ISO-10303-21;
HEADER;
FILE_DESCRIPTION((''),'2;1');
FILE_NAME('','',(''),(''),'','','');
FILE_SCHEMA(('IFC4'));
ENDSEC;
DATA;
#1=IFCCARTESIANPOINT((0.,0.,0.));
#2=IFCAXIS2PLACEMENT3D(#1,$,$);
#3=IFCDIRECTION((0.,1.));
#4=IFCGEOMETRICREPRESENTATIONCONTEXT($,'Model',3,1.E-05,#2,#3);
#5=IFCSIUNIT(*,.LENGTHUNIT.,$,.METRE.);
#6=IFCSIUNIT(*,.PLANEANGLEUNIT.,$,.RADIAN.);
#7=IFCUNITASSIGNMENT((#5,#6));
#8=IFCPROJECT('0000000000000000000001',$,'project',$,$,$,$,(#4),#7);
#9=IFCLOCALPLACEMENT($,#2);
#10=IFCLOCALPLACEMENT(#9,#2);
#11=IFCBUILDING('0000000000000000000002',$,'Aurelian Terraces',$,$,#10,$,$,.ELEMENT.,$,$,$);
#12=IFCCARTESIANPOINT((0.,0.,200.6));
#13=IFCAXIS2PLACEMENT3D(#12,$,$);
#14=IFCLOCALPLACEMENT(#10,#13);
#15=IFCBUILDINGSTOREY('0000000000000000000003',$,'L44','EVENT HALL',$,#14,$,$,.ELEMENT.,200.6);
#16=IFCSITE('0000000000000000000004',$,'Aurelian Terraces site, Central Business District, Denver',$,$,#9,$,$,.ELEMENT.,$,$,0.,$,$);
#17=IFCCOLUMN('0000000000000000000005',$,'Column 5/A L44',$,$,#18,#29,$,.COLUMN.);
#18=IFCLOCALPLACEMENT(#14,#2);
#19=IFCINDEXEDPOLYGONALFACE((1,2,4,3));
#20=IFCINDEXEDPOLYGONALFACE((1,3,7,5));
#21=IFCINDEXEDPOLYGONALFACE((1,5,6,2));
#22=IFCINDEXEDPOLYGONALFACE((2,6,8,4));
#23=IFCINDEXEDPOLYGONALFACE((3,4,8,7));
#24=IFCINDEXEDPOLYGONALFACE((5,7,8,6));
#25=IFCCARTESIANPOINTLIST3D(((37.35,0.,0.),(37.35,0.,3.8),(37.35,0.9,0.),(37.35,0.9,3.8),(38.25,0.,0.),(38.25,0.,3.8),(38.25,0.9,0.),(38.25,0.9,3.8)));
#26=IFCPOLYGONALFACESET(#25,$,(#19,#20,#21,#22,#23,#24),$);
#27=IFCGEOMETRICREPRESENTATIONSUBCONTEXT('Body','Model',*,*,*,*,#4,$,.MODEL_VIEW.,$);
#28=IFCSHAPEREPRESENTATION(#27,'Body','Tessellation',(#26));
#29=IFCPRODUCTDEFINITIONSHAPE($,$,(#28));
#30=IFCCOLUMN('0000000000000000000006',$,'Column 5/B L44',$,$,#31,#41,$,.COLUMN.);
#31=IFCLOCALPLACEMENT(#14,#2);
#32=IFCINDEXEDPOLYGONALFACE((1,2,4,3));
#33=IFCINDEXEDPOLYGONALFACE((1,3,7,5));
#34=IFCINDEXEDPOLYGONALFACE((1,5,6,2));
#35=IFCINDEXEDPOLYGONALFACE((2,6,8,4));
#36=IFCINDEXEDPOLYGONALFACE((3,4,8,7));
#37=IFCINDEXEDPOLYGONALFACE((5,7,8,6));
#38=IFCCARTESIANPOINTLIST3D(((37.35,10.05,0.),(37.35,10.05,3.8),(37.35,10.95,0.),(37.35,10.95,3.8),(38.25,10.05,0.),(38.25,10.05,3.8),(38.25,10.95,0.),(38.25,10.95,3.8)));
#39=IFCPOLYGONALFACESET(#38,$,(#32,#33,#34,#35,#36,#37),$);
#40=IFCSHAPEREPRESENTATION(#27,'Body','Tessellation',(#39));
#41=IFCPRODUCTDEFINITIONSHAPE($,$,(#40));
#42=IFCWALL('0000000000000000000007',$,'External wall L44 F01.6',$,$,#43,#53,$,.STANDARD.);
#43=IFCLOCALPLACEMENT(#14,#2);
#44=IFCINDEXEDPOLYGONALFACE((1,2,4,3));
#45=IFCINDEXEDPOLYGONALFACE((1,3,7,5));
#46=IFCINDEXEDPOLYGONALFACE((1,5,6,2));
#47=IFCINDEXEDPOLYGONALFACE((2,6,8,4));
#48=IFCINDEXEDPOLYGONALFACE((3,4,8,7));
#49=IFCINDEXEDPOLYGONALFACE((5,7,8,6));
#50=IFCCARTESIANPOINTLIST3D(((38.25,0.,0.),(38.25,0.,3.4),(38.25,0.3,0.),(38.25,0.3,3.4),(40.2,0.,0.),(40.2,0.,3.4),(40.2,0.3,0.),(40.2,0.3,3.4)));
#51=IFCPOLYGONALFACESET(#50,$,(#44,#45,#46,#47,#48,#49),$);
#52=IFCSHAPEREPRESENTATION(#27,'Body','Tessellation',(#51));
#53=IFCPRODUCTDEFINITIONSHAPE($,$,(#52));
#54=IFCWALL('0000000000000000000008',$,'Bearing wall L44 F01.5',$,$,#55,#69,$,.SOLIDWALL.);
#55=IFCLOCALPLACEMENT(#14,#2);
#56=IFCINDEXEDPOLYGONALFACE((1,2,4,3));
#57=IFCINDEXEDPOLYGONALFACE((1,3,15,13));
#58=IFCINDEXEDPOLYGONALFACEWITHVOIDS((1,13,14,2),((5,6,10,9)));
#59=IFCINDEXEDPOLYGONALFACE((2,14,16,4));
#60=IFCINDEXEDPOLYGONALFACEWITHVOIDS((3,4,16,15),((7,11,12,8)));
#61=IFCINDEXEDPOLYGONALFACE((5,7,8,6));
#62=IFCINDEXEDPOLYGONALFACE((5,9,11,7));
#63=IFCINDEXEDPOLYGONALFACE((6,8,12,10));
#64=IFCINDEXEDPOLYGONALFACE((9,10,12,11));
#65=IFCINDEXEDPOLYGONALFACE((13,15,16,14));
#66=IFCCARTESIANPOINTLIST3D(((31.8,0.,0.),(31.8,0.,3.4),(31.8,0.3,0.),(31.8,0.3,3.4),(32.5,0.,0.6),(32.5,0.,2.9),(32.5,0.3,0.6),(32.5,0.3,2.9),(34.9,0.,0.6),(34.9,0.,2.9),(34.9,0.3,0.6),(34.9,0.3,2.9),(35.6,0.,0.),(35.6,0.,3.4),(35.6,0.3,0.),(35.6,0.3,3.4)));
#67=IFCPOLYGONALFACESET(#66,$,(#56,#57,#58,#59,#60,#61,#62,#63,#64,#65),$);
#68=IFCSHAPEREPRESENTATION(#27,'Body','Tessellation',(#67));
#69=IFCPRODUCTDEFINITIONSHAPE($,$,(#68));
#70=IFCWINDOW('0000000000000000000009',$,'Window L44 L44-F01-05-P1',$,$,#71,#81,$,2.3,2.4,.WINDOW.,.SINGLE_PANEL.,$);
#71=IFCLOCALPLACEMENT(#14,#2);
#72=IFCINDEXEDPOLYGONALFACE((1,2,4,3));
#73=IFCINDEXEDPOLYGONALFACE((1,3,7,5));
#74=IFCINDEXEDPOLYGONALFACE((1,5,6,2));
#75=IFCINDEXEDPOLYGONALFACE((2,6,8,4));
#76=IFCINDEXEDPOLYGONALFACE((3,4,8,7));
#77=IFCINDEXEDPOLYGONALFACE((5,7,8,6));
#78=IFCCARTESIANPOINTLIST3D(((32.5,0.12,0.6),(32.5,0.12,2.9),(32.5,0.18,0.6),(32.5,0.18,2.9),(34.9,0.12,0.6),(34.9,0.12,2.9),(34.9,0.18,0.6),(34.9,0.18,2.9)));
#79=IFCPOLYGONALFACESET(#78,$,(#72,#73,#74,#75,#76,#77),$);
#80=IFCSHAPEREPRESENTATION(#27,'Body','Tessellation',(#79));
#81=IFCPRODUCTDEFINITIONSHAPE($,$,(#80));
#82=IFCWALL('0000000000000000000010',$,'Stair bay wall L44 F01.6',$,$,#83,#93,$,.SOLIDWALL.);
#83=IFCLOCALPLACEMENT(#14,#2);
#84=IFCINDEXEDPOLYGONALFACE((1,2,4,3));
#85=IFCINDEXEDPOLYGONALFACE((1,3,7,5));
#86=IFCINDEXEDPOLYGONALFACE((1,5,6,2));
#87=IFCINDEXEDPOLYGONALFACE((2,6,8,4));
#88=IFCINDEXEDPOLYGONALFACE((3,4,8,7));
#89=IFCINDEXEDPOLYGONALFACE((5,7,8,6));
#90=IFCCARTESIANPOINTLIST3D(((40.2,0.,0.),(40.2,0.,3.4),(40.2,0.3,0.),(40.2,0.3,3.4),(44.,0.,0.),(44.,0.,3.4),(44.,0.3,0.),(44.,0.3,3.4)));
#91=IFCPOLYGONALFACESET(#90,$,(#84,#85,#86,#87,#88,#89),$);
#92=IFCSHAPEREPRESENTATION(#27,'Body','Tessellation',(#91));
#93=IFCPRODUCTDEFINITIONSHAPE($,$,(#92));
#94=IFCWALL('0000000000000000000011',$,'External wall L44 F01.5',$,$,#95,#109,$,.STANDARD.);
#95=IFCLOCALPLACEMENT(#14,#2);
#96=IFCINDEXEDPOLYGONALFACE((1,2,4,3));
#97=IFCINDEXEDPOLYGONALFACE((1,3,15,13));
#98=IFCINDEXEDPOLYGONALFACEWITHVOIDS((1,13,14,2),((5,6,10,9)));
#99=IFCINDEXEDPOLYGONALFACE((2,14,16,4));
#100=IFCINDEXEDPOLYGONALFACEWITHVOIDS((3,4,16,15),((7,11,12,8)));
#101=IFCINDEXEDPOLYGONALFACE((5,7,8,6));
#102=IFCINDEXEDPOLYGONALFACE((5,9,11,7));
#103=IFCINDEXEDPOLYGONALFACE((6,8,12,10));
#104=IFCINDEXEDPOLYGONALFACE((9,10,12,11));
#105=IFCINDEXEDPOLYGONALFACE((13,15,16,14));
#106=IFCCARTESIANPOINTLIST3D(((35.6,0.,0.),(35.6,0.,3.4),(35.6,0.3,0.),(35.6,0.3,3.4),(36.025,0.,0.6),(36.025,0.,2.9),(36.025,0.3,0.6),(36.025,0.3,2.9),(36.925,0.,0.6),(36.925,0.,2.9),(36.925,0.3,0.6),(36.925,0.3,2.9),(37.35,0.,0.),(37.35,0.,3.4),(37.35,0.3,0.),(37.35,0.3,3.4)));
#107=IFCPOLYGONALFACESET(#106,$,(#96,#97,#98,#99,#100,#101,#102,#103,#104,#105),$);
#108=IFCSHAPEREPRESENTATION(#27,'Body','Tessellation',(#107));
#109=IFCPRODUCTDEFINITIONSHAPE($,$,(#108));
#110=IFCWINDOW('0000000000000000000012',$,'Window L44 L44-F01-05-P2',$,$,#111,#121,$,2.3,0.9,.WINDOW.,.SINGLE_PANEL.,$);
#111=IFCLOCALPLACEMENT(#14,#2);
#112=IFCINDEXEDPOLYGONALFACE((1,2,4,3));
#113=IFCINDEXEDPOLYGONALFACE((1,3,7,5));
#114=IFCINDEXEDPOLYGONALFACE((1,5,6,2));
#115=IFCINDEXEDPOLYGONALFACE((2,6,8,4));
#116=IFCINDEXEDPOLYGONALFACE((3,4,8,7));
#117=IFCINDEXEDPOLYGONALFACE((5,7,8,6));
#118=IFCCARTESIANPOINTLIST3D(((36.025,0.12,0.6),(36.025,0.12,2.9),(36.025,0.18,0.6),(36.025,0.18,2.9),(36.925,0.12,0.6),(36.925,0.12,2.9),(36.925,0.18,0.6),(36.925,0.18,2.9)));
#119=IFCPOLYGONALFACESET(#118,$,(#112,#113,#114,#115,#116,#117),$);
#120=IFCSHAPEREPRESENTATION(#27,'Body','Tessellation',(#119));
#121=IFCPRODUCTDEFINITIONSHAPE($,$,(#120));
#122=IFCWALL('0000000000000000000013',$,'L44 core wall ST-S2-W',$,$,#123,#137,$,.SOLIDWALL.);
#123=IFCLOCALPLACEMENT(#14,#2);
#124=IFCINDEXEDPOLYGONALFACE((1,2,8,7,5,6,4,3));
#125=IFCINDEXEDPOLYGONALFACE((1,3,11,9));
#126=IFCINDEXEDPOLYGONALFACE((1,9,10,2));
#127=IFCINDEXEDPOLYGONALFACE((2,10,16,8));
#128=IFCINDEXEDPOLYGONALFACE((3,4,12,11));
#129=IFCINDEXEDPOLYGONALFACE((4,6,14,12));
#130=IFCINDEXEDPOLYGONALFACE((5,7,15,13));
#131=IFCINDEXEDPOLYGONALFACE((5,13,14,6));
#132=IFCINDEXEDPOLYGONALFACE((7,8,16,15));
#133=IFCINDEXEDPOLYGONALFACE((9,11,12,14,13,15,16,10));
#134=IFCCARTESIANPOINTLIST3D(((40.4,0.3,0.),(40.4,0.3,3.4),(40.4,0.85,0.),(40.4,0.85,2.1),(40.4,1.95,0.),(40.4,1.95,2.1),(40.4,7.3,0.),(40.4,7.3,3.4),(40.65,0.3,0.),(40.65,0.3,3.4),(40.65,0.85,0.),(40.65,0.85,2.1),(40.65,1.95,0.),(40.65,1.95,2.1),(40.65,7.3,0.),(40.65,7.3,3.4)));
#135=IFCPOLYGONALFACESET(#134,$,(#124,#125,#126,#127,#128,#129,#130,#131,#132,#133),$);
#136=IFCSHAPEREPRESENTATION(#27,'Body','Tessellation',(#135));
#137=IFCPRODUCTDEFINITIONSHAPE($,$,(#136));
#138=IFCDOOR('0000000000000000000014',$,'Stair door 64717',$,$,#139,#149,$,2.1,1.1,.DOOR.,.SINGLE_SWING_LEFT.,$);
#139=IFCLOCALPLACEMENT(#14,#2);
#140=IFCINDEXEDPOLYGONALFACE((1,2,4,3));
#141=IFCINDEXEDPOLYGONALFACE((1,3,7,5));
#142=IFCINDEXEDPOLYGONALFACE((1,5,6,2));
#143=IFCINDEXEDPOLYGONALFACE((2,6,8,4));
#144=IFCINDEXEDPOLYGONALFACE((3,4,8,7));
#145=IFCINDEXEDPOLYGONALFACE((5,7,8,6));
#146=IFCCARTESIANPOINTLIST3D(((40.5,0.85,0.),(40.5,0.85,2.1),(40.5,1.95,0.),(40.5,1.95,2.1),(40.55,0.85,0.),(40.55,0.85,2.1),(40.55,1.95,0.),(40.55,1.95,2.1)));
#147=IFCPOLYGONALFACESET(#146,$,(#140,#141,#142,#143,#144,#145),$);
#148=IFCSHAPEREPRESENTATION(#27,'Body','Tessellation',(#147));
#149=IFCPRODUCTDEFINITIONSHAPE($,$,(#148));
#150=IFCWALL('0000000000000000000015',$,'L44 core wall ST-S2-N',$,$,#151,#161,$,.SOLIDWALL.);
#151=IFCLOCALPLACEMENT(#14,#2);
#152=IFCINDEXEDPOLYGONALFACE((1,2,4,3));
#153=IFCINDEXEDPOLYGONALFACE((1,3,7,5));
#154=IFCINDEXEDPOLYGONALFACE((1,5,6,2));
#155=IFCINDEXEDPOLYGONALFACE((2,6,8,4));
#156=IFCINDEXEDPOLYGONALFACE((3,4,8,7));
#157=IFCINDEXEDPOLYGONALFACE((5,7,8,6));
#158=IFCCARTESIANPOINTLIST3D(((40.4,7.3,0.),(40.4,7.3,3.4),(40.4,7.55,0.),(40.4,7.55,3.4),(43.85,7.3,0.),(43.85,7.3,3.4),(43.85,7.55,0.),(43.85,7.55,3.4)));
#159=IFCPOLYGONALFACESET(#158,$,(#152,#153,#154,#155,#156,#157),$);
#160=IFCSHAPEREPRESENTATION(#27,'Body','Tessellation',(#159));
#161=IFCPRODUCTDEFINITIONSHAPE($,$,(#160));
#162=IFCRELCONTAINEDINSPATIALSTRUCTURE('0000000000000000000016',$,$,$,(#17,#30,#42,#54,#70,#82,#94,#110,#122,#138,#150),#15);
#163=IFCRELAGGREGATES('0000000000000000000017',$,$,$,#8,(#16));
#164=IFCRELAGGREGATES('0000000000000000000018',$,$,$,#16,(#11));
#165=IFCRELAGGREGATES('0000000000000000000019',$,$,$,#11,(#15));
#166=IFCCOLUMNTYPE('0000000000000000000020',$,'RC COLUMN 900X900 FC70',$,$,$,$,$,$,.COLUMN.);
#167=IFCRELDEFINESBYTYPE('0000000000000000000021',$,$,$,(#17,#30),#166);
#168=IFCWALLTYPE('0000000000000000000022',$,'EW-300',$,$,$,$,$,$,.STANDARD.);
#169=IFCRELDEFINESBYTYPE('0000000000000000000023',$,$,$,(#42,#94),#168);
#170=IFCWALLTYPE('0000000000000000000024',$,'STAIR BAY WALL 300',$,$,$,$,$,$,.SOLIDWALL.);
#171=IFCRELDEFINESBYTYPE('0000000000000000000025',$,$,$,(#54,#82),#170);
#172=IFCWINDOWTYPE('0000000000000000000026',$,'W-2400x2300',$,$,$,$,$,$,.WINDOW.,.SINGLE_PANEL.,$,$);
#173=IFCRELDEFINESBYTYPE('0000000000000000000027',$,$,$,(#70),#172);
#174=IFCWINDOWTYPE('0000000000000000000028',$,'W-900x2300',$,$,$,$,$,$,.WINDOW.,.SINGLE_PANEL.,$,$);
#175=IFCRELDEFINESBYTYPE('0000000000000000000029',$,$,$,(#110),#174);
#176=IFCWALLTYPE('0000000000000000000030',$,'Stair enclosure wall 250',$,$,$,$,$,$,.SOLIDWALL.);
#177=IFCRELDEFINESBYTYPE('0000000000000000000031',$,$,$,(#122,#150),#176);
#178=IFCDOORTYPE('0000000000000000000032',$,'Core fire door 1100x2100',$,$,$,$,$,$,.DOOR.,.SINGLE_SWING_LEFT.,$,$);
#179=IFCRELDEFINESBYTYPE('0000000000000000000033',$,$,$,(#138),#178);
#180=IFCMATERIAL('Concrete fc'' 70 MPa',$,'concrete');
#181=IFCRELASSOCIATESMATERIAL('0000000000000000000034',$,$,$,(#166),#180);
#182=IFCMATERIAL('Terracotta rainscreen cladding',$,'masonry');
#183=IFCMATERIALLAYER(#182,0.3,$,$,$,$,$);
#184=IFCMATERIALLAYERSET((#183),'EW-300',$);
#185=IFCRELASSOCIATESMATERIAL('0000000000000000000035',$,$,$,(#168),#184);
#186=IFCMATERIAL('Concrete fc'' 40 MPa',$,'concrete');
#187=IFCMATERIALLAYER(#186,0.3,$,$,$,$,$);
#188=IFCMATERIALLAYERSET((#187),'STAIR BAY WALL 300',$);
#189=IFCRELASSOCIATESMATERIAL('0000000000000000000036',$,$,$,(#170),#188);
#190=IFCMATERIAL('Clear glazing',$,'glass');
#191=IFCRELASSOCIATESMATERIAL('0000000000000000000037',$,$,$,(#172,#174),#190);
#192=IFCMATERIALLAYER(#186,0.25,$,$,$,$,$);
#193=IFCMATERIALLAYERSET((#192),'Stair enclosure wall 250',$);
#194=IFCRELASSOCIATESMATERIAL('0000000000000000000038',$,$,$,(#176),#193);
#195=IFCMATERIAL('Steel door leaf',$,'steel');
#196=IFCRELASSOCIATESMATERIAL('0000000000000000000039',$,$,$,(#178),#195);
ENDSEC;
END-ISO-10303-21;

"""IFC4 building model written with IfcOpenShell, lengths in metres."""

from ifc_helpers import new_model, si_unit, direction, frame, frame_2d, origin, origin_2d, place, context, subcontext, project, spatial, rectangle, extrude, source, transform, mapped, material, layer, layer_set, material_profile, profile_set, type_object, element, fill, save


model = new_model("IFC4")

# Units and contexts
model_context = context("Model", 3, precision=1e-05, world=origin(), true_north=direction((0.0, 1.0)))
body_context = subcontext(model_context, "Body", "Model", "MODEL_VIEW")
ifc_project = project(units=[si_unit("LENGTHUNIT", "METRE"), si_unit("PLANEANGLEUNIT", "RADIAN")], contexts=[model_context])

# Site, building, storey
site_placement = place(None, origin())
site = spatial("IfcSite", under=ifc_project, at=site_placement, Name="Aurelian Terraces site, Central Business District, Denver", CompositionType="ELEMENT", RefElevation=0.0)
building_placement = place(site_placement, origin())
building = spatial("IfcBuilding", under=site, at=building_placement, Name="Aurelian Terraces", CompositionType="ELEMENT")
storey_placement = place(building_placement, frame((0.0, 0.0, 200.6)))
storey = spatial("IfcBuildingStorey", under=building, at=storey_placement, Name="L44", Description="EVENT HALL", CompositionType="ELEMENT", Elevation=200.6)

# Columns
ifc_material_1 = material(Name="Concrete fc' 70 MPa", Category="concrete")
ifc_material_profile = material_profile(ifc_material_1, rectangle(XDim=0.9, YDim=0.9, at=origin_2d()))
ifc_profile_set = profile_set([ifc_material_profile], Name="Concrete fc' 70 MPa")
column_type = type_object("IfcColumnType", Name="RC COLUMN 900X900 FC70", PredefinedType="COLUMN", material=ifc_profile_set)
shared_shape_1 = source(origin(), body_context, "Body", "SweptSolid", [
    extrude(rectangle(XDim=0.9, YDim=0.9, at=origin_2d()), origin(), (0.0, 0.0, 1.0), 3.8),
])
for number, where, z_axis, x_axis, name in (
    (1, (37.8, 0.45, 0.0), (0.0, 0.0, 1.0), (1.0, 0.0, 0.0), "Column 5/A L44"),
    (2, (37.8, 10.5, 0.0), (0.0, 0.0, 1.0), (1.0, 0.0, 0.0), "Column 5/B L44"),
):
    element("IfcColumn", number, at=place(storey_placement, frame(where, z_axis=z_axis, x_axis=x_axis)), inside=storey, type_object=column_type, Name=name, PredefinedType="COLUMN", context=body_context, shape_type="MappedRepresentation", body=[
        mapped(shared_shape_1, transform((0.0, 0.0, 0.0), scale=1.0)),
    ])

# Wall
ifc_material_2 = material(Name="Terracotta rainscreen cladding", Category="masonry")
ifc_layer_1 = layer(ifc_material_2, 0.3)
ifc_layer_set_1 = layer_set([ifc_layer_1], Name="EW-300")
wall_type_1 = type_object("IfcWallType", Name="EW-300", PredefinedType="STANDARD", material=ifc_layer_set_1)
shared_shape_2 = source(origin(), body_context, "Body", "SweptSolid", [
    extrude(rectangle(XDim=1.95, YDim=0.3, at=frame_2d((0.975, 0.0))), origin(), (0.0, 0.0, 1.0), 3.4),
])
wall_1_placement = place(storey_placement, frame((38.25, 0.15, 0.0), z_axis=(0.0, 0.0, 1.0), x_axis=(1.0, 0.0, 0.0)))
element("IfcWall", 3, at=wall_1_placement, inside=storey, type_object=wall_type_1, Name="External wall L44 F01.6", PredefinedType="STANDARD", context=body_context, shape_type="MappedRepresentation", body=[
    mapped(shared_shape_2, transform((0.0, 0.0, 0.0), scale=1.0)),
])

# Wall, opening, window
ifc_material_3 = material(Name="Concrete fc' 40 MPa", Category="concrete")
ifc_layer_2 = layer(ifc_material_3, 0.3)
ifc_layer_set_2 = layer_set([ifc_layer_2], Name="STAIR BAY WALL 300")
wall_type_2 = type_object("IfcWallType", Name="STAIR BAY WALL 300", PredefinedType="SOLIDWALL", material=ifc_layer_set_2)
shared_shape_3 = source(origin(), body_context, "Body", "SweptSolid", [
    extrude(rectangle(XDim=3.8, YDim=0.3, at=frame_2d((1.9, 0.0))), origin(), (0.0, 0.0, 1.0), 3.4),
])
wall_2_placement = place(storey_placement, frame((31.8, 0.15, 0.0), z_axis=(0.0, 0.0, 1.0), x_axis=(1.0, 0.0, 0.0)))
wall_2 = element("IfcWall", 4, at=wall_2_placement, inside=storey, type_object=wall_type_2, Name="Bearing wall L44 F01.5", PredefinedType="SOLIDWALL", context=body_context, shape_type="MappedRepresentation", body=[
    mapped(shared_shape_3, transform((0.0, 0.0, 0.0), scale=1.0)),
])
shared_shape_4 = source(origin(), body_context, "Body", "SweptSolid", [
    extrude(rectangle(XDim=2.4, YDim=2.3, at=frame_2d((1.2, 1.15))), frame((0.0, 0.16, 0.0), z_axis=(0.0, -1.0, 0.0), x_axis=(1.0, 0.0, 0.0)), (0.0, 0.0, 1.0), 0.32),
])
opening_1_placement = place(wall_2_placement, frame((0.7, 0.0, 0.6)))
opening_1 = element("IfcOpeningElement", 5, at=opening_1_placement, cuts=wall_2, PredefinedType="OPENING", context=body_context, shape_type="MappedRepresentation", body=[
    mapped(shared_shape_4, transform((0.0, 0.0, 0.0), scale=1.0)),
])
ifc_material_4 = material(Name="Clear glazing", Category="glass")
window_type_1 = type_object("IfcWindowType", Name="W-2400x2300", PartitioningType="SINGLE_PANEL", PredefinedType="WINDOW", material=ifc_material_4)
shared_shape_5 = source(origin(), body_context, "Body", "SweptSolid", [
    extrude(rectangle(XDim=2.4, YDim=2.3, at=frame_2d((1.2, 1.15))), frame((0.0, 0.03, 0.0), z_axis=(0.0, -1.0, 0.0), x_axis=(1.0, 0.0, 0.0)), (0.0, 0.0, 1.0), 0.06),
])
window_1_placement = place(opening_1_placement, origin())
window_1 = element("IfcWindow", 6, at=window_1_placement, inside=storey, type_object=window_type_1, Name="Window L44 L44-F01-05-P1", OverallHeight=2.3, OverallWidth=2.4, PartitioningType="SINGLE_PANEL", PredefinedType="WINDOW", context=body_context, shape_type="MappedRepresentation", body=[
    mapped(shared_shape_5, transform((0.0, 0.0, 0.0), scale=1.0)),
])
fill(opening_1, window_1)

# Wall
wall_3_placement = place(storey_placement, frame((40.2, 0.15, 0.0), z_axis=(0.0, 0.0, 1.0), x_axis=(1.0, 0.0, 0.0)))
element("IfcWall", 7, at=wall_3_placement, inside=storey, type_object=wall_type_2, Name="Stair bay wall L44 F01.6", PredefinedType="SOLIDWALL", context=body_context, shape_type="MappedRepresentation", body=[
    mapped(shared_shape_3, transform((0.0, 0.0, 0.0), scale=1.0)),
])

# Wall, opening, window
shared_shape_6 = source(origin(), body_context, "Body", "SweptSolid", [
    extrude(rectangle(XDim=1.75, YDim=0.3, at=frame_2d((0.875, 0.0))), origin(), (0.0, 0.0, 1.0), 3.4),
])
wall_4_placement = place(storey_placement, frame((35.6, 0.15, 0.0), z_axis=(0.0, 0.0, 1.0), x_axis=(1.0, 0.0, 0.0)))
wall_4 = element("IfcWall", 8, at=wall_4_placement, inside=storey, type_object=wall_type_1, Name="External wall L44 F01.5", PredefinedType="STANDARD", context=body_context, shape_type="MappedRepresentation", body=[
    mapped(shared_shape_6, transform((0.0, 0.0, 0.0), scale=1.0)),
])
shared_shape_7 = source(origin(), body_context, "Body", "SweptSolid", [
    extrude(rectangle(XDim=0.9, YDim=2.3, at=frame_2d((0.45, 1.15))), frame((0.0, 0.16, 0.0), z_axis=(0.0, -1.0, 0.0), x_axis=(1.0, 0.0, 0.0)), (0.0, 0.0, 1.0), 0.32),
])
opening_2_placement = place(wall_4_placement, frame((0.425, 0.0, 0.6)))
opening_2 = element("IfcOpeningElement", 9, at=opening_2_placement, cuts=wall_4, PredefinedType="OPENING", context=body_context, shape_type="MappedRepresentation", body=[
    mapped(shared_shape_7, transform((0.0, 0.0, 0.0), scale=1.0)),
])
window_type_2 = type_object("IfcWindowType", Name="W-900x2300", PartitioningType="SINGLE_PANEL", PredefinedType="WINDOW", material=ifc_material_4)
shared_shape_8 = source(origin(), body_context, "Body", "SweptSolid", [
    extrude(rectangle(XDim=0.9, YDim=2.3, at=frame_2d((0.45, 1.15))), frame((0.0, 0.03, 0.0), z_axis=(0.0, -1.0, 0.0), x_axis=(1.0, 0.0, 0.0)), (0.0, 0.0, 1.0), 0.06),
])
window_2_placement = place(opening_2_placement, origin())
window_2 = element("IfcWindow", 10, at=window_2_placement, inside=storey, type_object=window_type_2, Name="Window L44 L44-F01-05-P2", OverallHeight=2.3, OverallWidth=0.9, PartitioningType="SINGLE_PANEL", PredefinedType="WINDOW", context=body_context, shape_type="MappedRepresentation", body=[
    mapped(shared_shape_8, transform((0.0, 0.0, 0.0), scale=1.0)),
])
fill(opening_2, window_2)

# Wall, opening, door
ifc_layer_3 = layer(ifc_material_3, 0.25)
ifc_layer_set_3 = layer_set([ifc_layer_3], Name="Stair enclosure wall 250")
wall_type_3 = type_object("IfcWallType", Name="Stair enclosure wall 250", PredefinedType="SOLIDWALL", material=ifc_layer_set_3)
shared_shape_9 = source(origin(), body_context, "Body", "SweptSolid", [
    extrude(rectangle(XDim=7.0, YDim=0.25, at=frame_2d((3.5, 0.0))), origin(), (0.0, 0.0, 1.0), 3.4),
])
wall_5_placement = place(storey_placement, frame((40.525, 0.3, 0.0), z_axis=(0.0, 0.0, 1.0), x_axis=(0.0, 1.0, 0.0)))
wall_5 = element("IfcWall", 11, at=wall_5_placement, inside=storey, type_object=wall_type_3, Name="L44 core wall ST-S2-W", PredefinedType="SOLIDWALL", context=body_context, shape_type="MappedRepresentation", body=[
    mapped(shared_shape_9, transform((0.0, 0.0, 0.0), scale=1.0)),
])
shared_shape_10 = source(origin(), body_context, "Body", "SweptSolid", [
    extrude(rectangle(XDim=1.1, YDim=2.1, at=frame_2d((0.55, 1.05))), frame((0.0, 0.135, 0.0), z_axis=(0.0, -1.0, 0.0), x_axis=(1.0, 0.0, 0.0)), (0.0, 0.0, 1.0), 0.27),
])
opening_3_placement = place(wall_5_placement, frame((0.55, 0.0, 0.0)))
opening_3 = element("IfcOpeningElement", 12, at=opening_3_placement, cuts=wall_5, PredefinedType="OPENING", context=body_context, shape_type="MappedRepresentation", body=[
    mapped(shared_shape_10, transform((0.0, 0.0, 0.0), scale=1.0)),
])
ifc_material_5 = material(Name="Steel door leaf", Category="steel")
door_type_1 = type_object("IfcDoorType", Name="Core fire door 1100x2100", OperationType="SINGLE_SWING_LEFT", PredefinedType="DOOR", material=ifc_material_5)
shared_shape_11 = source(origin(), body_context, "Body", "SweptSolid", [
    extrude(rectangle(XDim=1.1, YDim=2.1, at=frame_2d((0.55, 1.05))), frame((0.0, 0.025, 0.0), z_axis=(0.0, -1.0, 0.0), x_axis=(1.0, 0.0, 0.0)), (0.0, 0.0, 1.0), 0.05),
])
door_1_placement = place(opening_3_placement, origin())
door_1 = element("IfcDoor", 13, at=door_1_placement, inside=storey, type_object=door_type_1, Name="Stair door 64717", OperationType="SINGLE_SWING_LEFT", OverallHeight=2.1, OverallWidth=1.1, PredefinedType="DOOR", context=body_context, shape_type="MappedRepresentation", body=[
    mapped(shared_shape_11, transform((0.0, 0.0, 0.0), scale=1.0)),
])
fill(opening_3, door_1)

# Wall
shared_shape_12 = source(origin(), body_context, "Body", "SweptSolid", [
    extrude(rectangle(XDim=3.45, YDim=0.25, at=frame_2d((1.725, 0.0))), origin(), (0.0, 0.0, 1.0), 3.4),
])
wall_6_placement = place(storey_placement, frame((40.4, 7.425, 0.0), z_axis=(0.0, 0.0, 1.0), x_axis=(1.0, 0.0, 0.0)))
element("IfcWall", 14, at=wall_6_placement, inside=storey, type_object=wall_type_3, Name="L44 core wall ST-S2-N", PredefinedType="SOLIDWALL", context=body_context, shape_type="MappedRepresentation", body=[
    mapped(shared_shape_12, transform((0.0, 0.0, 0.0), scale=1.0)),
])

save(model, "model.ifc")
